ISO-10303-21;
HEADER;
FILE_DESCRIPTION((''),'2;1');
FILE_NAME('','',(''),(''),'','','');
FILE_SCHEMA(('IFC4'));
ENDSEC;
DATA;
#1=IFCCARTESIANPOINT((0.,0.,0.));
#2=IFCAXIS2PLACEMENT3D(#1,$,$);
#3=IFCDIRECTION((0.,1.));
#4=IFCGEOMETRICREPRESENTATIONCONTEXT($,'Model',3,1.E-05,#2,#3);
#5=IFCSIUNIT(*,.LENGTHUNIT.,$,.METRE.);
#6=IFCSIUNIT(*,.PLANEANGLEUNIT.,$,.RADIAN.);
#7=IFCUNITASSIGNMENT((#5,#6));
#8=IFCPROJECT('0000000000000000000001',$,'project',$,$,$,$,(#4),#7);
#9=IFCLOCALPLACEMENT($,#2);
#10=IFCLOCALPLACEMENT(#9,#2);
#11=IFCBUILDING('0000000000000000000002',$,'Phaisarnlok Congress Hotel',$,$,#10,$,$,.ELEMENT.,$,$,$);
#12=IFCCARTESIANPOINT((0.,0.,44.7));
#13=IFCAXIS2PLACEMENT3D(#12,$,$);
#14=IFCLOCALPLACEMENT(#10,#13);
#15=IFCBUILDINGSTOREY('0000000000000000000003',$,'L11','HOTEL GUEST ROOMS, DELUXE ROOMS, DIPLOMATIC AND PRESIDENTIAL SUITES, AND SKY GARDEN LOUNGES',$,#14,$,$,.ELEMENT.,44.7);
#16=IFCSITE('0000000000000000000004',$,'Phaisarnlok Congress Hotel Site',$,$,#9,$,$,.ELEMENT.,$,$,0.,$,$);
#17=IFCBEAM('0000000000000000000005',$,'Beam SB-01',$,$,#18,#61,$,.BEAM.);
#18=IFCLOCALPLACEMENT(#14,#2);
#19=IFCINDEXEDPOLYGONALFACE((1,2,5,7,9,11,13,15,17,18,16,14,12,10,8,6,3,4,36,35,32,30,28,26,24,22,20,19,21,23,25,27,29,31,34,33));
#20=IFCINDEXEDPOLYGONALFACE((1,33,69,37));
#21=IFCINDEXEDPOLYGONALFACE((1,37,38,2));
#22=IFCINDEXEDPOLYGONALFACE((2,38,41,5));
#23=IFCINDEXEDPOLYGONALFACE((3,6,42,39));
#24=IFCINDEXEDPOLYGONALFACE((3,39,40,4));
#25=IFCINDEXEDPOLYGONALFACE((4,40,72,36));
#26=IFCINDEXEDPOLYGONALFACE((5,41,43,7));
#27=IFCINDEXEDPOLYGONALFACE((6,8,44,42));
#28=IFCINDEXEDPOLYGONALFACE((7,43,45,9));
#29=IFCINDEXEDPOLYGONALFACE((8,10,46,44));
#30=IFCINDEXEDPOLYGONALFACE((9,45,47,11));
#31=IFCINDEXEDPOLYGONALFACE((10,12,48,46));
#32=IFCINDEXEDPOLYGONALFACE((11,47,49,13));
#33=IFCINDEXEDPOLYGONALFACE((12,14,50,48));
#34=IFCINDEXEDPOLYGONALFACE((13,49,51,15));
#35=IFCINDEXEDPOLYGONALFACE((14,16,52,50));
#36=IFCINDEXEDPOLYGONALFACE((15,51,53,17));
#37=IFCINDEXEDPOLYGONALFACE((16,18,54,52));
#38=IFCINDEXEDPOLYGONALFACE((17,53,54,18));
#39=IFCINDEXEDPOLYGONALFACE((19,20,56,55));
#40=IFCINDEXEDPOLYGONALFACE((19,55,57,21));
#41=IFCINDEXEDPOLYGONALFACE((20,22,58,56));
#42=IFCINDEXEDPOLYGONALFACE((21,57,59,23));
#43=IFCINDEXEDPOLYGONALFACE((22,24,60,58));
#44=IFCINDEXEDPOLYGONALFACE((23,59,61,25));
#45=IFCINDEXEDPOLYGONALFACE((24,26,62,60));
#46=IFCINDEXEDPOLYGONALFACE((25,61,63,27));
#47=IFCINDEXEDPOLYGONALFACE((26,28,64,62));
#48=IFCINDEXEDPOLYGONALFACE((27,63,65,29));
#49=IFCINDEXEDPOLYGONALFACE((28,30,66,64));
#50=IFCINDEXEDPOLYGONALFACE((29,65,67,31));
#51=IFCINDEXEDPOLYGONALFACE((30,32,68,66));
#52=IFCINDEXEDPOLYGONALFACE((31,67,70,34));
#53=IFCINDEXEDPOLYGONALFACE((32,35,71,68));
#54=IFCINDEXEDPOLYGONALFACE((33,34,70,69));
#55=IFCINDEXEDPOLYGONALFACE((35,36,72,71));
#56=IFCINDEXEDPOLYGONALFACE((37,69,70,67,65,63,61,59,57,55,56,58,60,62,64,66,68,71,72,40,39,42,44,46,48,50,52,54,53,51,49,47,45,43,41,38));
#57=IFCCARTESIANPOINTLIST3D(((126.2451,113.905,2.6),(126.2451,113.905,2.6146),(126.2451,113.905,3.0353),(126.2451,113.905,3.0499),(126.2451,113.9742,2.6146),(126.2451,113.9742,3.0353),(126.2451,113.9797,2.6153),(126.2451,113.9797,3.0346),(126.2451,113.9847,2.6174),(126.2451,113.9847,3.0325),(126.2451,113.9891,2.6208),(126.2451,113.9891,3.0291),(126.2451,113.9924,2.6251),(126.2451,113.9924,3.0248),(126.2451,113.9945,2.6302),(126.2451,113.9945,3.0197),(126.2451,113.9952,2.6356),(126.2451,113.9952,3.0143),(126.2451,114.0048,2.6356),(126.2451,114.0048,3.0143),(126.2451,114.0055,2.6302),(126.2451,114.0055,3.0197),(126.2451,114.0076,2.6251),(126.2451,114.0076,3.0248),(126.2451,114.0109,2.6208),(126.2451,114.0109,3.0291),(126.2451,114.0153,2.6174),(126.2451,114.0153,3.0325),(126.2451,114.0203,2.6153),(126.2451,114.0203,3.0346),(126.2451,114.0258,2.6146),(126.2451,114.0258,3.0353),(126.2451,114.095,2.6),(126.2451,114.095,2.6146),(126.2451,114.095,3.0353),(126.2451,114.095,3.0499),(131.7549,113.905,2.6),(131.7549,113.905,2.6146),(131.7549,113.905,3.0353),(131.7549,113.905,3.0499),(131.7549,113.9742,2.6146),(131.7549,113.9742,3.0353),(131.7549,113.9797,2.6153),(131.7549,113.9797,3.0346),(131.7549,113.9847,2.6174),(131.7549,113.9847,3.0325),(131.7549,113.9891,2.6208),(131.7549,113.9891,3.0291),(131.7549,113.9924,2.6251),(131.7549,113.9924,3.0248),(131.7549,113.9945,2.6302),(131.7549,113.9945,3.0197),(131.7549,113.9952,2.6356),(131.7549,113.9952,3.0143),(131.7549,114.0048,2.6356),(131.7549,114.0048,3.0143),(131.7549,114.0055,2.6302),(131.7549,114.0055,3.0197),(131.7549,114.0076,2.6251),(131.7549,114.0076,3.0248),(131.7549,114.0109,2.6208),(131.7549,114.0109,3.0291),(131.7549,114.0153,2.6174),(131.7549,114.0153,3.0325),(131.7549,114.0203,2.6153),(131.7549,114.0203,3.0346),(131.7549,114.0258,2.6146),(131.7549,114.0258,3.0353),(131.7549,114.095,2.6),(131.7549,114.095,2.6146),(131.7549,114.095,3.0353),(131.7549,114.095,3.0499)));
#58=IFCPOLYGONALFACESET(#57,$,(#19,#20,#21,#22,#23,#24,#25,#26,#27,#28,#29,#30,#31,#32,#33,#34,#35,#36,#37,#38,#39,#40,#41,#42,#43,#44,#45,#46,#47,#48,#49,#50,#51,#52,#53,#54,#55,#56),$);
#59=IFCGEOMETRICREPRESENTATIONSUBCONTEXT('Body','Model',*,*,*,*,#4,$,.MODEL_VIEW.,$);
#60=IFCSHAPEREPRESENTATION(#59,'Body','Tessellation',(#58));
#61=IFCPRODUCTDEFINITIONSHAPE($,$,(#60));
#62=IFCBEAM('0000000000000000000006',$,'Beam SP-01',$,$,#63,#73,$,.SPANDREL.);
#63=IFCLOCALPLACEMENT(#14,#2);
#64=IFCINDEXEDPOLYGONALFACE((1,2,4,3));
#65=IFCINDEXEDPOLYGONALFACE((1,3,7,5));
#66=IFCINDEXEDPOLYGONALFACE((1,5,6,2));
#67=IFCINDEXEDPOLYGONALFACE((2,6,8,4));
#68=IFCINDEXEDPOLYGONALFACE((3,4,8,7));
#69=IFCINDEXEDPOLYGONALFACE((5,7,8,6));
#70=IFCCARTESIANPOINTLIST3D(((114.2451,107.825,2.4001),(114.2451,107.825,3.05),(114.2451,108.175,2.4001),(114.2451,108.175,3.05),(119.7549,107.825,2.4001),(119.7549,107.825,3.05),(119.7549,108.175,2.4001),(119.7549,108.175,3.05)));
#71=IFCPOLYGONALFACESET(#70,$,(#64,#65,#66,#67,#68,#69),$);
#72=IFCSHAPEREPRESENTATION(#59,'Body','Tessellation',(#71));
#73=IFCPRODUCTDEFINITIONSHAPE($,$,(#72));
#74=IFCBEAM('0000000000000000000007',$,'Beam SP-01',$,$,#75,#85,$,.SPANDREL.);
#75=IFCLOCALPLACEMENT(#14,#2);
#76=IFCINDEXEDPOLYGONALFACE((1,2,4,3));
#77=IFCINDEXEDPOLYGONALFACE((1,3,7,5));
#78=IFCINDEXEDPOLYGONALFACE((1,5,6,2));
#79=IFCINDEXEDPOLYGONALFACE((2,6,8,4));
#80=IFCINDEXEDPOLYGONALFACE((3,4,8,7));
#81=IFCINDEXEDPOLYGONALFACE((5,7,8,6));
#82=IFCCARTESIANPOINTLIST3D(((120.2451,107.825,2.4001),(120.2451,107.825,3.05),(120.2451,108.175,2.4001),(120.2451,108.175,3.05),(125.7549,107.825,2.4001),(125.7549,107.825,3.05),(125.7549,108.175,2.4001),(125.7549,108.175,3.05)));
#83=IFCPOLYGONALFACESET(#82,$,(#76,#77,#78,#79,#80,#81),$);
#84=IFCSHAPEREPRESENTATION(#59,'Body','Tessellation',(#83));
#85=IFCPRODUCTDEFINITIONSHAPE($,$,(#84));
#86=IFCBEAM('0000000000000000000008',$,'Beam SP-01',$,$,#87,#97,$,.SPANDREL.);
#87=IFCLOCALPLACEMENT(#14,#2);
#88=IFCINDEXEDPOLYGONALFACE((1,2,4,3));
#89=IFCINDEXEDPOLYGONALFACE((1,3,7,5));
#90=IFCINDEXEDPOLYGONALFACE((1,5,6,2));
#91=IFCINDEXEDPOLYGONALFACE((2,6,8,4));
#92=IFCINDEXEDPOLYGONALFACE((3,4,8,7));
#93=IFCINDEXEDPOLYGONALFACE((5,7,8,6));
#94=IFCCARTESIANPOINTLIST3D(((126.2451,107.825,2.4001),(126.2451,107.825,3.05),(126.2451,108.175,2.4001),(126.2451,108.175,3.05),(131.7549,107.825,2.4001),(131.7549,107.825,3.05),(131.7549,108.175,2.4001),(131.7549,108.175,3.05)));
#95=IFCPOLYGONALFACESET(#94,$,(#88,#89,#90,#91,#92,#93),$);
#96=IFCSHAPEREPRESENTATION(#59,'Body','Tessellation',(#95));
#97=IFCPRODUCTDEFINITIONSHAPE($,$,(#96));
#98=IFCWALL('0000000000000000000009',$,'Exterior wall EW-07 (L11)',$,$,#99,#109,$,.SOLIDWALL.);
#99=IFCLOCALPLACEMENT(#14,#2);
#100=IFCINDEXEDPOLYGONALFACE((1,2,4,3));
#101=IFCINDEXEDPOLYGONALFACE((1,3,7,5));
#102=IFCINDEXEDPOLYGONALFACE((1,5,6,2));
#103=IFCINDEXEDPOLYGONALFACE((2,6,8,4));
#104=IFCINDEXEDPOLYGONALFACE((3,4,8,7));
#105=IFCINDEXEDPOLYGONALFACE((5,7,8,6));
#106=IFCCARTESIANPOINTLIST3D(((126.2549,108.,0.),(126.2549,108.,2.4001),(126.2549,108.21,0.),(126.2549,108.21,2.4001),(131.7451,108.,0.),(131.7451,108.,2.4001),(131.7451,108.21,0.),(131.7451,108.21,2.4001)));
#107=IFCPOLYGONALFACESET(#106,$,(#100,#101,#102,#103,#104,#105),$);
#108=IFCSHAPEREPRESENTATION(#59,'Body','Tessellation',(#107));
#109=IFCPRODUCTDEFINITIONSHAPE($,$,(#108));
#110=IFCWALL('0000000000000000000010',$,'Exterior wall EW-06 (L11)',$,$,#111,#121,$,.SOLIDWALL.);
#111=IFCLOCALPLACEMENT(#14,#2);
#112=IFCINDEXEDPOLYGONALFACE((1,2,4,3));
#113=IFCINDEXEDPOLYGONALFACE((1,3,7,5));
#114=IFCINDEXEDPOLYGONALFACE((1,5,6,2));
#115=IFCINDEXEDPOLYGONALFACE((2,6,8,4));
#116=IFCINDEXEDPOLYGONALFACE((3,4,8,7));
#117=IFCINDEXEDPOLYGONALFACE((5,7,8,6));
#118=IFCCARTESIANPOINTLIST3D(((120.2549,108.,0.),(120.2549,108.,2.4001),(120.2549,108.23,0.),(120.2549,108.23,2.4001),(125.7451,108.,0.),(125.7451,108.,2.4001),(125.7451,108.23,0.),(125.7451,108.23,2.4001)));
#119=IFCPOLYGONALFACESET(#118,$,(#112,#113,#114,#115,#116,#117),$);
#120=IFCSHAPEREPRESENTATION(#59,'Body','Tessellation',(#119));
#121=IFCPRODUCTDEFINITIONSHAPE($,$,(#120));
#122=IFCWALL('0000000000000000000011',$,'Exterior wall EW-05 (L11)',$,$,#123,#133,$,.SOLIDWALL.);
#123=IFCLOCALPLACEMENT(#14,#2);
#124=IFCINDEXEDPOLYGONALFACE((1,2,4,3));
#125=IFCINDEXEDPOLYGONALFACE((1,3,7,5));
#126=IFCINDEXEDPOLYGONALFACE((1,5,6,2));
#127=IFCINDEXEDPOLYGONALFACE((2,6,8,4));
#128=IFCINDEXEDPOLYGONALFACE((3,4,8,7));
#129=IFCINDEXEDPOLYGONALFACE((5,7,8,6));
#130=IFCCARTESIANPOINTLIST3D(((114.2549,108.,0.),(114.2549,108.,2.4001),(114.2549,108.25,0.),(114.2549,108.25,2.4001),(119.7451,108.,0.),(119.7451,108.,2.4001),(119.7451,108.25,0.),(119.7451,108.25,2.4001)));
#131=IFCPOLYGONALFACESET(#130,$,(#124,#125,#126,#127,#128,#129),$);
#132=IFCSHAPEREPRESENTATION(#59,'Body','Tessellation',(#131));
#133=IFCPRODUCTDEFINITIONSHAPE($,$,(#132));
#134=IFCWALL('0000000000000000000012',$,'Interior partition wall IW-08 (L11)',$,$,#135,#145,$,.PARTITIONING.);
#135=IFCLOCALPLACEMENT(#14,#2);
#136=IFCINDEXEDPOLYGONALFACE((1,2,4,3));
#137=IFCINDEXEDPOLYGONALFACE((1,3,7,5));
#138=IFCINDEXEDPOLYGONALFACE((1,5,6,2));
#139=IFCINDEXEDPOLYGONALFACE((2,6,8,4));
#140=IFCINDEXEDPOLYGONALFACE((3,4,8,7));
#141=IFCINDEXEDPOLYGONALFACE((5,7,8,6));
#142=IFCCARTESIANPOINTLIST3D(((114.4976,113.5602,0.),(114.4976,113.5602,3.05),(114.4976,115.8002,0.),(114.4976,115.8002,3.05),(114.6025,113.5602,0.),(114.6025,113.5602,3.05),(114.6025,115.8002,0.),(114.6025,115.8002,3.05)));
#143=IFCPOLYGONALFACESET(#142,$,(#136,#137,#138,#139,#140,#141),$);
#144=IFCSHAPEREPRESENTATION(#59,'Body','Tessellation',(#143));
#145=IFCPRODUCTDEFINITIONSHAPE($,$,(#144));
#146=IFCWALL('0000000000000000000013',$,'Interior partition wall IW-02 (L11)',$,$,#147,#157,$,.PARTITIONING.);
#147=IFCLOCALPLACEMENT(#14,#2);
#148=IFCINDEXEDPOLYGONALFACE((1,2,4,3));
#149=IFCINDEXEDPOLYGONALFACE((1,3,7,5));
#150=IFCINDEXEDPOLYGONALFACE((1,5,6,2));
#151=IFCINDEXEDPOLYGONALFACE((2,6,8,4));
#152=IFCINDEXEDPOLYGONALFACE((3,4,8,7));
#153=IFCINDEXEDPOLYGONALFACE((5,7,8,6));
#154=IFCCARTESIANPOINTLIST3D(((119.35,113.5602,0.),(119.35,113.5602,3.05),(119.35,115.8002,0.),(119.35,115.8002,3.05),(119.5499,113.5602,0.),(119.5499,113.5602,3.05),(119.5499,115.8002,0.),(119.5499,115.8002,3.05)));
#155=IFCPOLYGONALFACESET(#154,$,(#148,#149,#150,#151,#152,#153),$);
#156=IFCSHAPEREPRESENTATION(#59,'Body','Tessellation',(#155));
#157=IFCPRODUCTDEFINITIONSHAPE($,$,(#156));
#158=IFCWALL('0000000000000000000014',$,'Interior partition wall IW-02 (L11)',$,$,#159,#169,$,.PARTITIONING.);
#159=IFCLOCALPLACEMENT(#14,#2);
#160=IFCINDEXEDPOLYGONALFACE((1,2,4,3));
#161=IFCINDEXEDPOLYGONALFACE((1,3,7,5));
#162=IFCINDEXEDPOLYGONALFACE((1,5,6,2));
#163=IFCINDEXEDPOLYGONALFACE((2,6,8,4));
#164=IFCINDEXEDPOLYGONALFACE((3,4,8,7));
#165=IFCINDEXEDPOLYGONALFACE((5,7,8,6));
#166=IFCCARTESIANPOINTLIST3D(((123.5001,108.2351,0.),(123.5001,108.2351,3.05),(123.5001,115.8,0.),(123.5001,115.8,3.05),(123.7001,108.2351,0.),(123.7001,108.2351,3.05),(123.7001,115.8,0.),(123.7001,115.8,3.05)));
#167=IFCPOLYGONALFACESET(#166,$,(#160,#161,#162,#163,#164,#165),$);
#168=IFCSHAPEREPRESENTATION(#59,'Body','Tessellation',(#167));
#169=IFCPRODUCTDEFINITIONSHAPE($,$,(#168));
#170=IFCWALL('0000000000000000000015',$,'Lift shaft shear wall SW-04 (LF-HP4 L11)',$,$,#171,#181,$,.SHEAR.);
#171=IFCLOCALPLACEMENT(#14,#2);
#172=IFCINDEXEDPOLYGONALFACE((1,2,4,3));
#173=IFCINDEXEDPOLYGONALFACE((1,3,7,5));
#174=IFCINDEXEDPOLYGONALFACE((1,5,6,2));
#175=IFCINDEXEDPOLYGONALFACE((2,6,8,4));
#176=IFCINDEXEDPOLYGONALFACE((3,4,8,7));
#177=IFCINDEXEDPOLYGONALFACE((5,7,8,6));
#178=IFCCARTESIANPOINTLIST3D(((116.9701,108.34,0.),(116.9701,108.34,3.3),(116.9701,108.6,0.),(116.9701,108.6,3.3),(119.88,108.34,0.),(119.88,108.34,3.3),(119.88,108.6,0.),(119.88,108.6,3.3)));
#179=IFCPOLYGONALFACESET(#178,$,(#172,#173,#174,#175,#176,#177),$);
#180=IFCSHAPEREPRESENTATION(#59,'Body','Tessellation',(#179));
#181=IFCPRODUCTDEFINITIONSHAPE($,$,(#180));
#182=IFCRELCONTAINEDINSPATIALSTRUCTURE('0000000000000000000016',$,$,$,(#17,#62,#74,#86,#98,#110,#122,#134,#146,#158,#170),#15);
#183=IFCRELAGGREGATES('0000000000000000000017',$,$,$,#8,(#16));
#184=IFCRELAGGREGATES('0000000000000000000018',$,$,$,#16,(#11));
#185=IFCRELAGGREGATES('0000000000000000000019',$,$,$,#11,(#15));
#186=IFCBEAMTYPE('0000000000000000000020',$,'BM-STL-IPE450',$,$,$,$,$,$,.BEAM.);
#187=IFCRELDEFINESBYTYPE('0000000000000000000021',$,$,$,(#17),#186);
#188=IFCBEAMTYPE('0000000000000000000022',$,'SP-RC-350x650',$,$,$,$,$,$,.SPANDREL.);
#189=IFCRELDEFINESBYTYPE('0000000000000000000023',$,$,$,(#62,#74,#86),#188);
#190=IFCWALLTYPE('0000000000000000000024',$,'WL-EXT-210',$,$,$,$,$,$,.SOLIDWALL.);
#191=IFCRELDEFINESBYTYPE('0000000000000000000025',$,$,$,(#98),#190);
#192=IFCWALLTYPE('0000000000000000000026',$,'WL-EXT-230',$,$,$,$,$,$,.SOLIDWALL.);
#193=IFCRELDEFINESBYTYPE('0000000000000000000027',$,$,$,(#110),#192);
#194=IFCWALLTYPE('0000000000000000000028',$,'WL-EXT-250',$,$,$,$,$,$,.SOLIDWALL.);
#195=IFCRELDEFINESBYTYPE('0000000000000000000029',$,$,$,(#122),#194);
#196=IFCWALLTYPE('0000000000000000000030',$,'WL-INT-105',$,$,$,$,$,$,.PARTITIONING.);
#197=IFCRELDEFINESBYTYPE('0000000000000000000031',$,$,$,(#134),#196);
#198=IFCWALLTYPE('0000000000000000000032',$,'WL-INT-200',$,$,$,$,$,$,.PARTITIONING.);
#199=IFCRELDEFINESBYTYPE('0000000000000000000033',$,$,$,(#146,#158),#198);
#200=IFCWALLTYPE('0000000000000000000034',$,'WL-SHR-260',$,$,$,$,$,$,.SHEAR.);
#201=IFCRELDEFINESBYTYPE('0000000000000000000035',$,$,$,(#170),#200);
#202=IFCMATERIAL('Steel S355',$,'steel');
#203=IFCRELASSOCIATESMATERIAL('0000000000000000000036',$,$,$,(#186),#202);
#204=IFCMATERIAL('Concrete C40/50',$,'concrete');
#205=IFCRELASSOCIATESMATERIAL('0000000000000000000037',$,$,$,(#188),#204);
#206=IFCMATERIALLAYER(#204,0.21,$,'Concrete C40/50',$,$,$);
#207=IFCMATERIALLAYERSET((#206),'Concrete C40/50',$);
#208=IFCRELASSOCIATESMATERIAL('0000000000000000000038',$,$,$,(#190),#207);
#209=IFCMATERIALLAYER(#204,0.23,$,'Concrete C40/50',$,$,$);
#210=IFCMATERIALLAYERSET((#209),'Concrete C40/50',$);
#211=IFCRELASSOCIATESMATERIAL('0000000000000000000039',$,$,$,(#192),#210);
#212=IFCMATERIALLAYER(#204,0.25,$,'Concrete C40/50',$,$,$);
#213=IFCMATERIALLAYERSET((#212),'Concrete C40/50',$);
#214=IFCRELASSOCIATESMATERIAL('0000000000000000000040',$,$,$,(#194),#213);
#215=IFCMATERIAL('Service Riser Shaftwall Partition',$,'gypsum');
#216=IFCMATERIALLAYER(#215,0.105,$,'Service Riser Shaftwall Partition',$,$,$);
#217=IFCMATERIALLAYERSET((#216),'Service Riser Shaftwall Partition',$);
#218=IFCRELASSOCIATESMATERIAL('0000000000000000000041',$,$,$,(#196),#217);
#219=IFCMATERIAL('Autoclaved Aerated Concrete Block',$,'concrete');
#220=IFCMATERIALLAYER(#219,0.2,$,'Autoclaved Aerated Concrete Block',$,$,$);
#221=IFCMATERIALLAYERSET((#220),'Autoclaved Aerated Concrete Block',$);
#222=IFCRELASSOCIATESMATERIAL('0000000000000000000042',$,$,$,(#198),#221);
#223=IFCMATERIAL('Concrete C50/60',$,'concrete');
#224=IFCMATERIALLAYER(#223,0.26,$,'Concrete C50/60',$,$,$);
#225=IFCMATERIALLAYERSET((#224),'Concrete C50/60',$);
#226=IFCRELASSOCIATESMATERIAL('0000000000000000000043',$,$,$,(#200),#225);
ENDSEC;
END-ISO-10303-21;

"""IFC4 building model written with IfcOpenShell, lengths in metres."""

from ifc_helpers import new_model, si_unit, direction, frame, frame_2d, origin, origin_2d, place, context, subcontext, project, spatial, rectangle, i_section, extrude, material, layer, layer_set, material_profile, profile_set, type_object, element, save


model = new_model("IFC4")

# Units and contexts
model_context = context("Model", 3, precision=1e-05, world=origin(), true_north=direction((0.0, 1.0)))
body_context = subcontext(model_context, "Body", "Model", "MODEL_VIEW")
ifc_project = project(units=[si_unit("LENGTHUNIT", "METRE"), si_unit("PLANEANGLEUNIT", "RADIAN")], contexts=[model_context])

# Site, building, storey
site_placement = place(None, origin())
site = spatial("IfcSite", under=ifc_project, at=site_placement, Name="Phaisarnlok Congress Hotel Site", CompositionType="ELEMENT", RefElevation=0.0)
building_placement = place(site_placement, origin())
building = spatial("IfcBuilding", under=site, at=building_placement, Name="Phaisarnlok Congress Hotel", CompositionType="ELEMENT")
storey_placement = place(building_placement, frame((0.0, 0.0, 44.7)))
storey = spatial("IfcBuildingStorey", under=building, at=storey_placement, Name="L11", Description="HOTEL GUEST ROOMS, DELUXE ROOMS, DIPLOMATIC AND PRESIDENTIAL SUITES, AND SKY GARDEN LOUNGES", CompositionType="ELEMENT", Elevation=44.7)

# Shared definitions
ifc_material_1 = material(Name="Concrete C50/60", Category="concrete")

# Beams
ifc_material_2 = material(Name="Concrete C40/50", Category="concrete")
ifc_material_3 = material(Name="Steel S355", Category="steel")
ifc_material_profile_1 = material_profile(ifc_material_3, i_section(OverallWidth=0.1899, OverallDepth=0.45, WebThickness=0.0095, FlangeThickness=0.0146, FilletRadius=0.021, at=origin_2d()), Name="IPE 450")
ifc_profile_set_1 = profile_set([ifc_material_profile_1], Name="Steel S355")
beam_type_1 = type_object("IfcBeamType", Name="BM-STL-IPE450", PredefinedType="BEAM", material=ifc_profile_set_1)
beam_1_placement = place(storey_placement, frame((126.2451, 114.0, 2.825), z_axis=(1.0, 0.0, 0.0), x_axis=(0.0, 1.0, 0.0)))
element("IfcBeam", 1, at=beam_1_placement, inside=storey, type_object=beam_type_1, Name="Beam SB-01", PredefinedType="BEAM", context=body_context, shape_type="SweptSolid", body=[
    extrude(i_section(OverallWidth=0.1899, OverallDepth=0.45, WebThickness=0.0095, FlangeThickness=0.0146, FilletRadius=0.021, at=origin_2d()), origin(), (0.0, 0.0, 1.0), 5.5098),
])
ifc_material_profile_2 = material_profile(ifc_material_2, rectangle(XDim=0.3501, YDim=0.6499, at=origin_2d()), Name="RC 350x650")
ifc_profile_set_2 = profile_set([ifc_material_profile_2], Name="Concrete C40/50")
beam_type_2 = type_object("IfcBeamType", Name="SP-RC-350x650", PredefinedType="SPANDREL", material=ifc_profile_set_2)
for number, where, z_axis, x_axis, name in (
    (2, (114.2451, 108.0, 2.7251), (1.0, 0.0, 0.0), (0.0, 1.0, 0.0), "Beam SP-01"),
    (3, (120.2451, 108.0, 2.7251), (1.0, 0.0, 0.0), (0.0, 1.0, 0.0), "Beam SP-01"),
    (4, (126.2451, 108.0, 2.7251), (1.0, 0.0, 0.0), (0.0, 1.0, 0.0), "Beam SP-01"),
):
    element("IfcBeam", number, at=place(storey_placement, frame(where, z_axis=z_axis, x_axis=x_axis)), inside=storey, type_object=beam_type_2, Name=name, PredefinedType="SPANDREL", context=body_context, shape_type="SweptSolid", body=[
        extrude(rectangle(XDim=0.3501, YDim=0.6499, at=origin_2d()), origin(), (0.0, 0.0, 1.0), 5.5098),
    ])

# Walls
ifc_layer_1 = layer(ifc_material_2, 0.21, Name="Concrete C40/50")
ifc_layer_set_1 = layer_set([ifc_layer_1], Name="Concrete C40/50")
wall_type_1 = type_object("IfcWallType", Name="WL-EXT-210", PredefinedType="SOLIDWALL", material=ifc_layer_set_1)
wall_1_placement = place(storey_placement, frame((126.2549, 108.105, 0.0), z_axis=(0.0, 0.0, 1.0), x_axis=(1.0, 0.0, 0.0)))
element("IfcWall", 5, at=wall_1_placement, inside=storey, type_object=wall_type_1, Name="Exterior wall EW-07 (L11)", PredefinedType="SOLIDWALL", context=body_context, shape_type="SweptSolid", body=[
    extrude(rectangle(XDim=5.4902, YDim=0.21, at=frame_2d((2.7451, 0.0))), origin(), (0.0, 0.0, 1.0), 2.4001),
])
ifc_layer_2 = layer(ifc_material_2, 0.23, Name="Concrete C40/50")
ifc_layer_set_2 = layer_set([ifc_layer_2], Name="Concrete C40/50")
wall_type_2 = type_object("IfcWallType", Name="WL-EXT-230", PredefinedType="SOLIDWALL", material=ifc_layer_set_2)
wall_2_placement = place(storey_placement, frame((120.2549, 108.115, 0.0), z_axis=(0.0, 0.0, 1.0), x_axis=(1.0, 0.0, 0.0)))
element("IfcWall", 6, at=wall_2_placement, inside=storey, type_object=wall_type_2, Name="Exterior wall EW-06 (L11)", PredefinedType="SOLIDWALL", context=body_context, shape_type="SweptSolid", body=[
    extrude(rectangle(XDim=5.4902, YDim=0.23, at=frame_2d((2.7451, 0.0))), origin(), (0.0, 0.0, 1.0), 2.4001),
])
ifc_layer_3 = layer(ifc_material_2, 0.25, Name="Concrete C40/50")
ifc_layer_set_3 = layer_set([ifc_layer_3], Name="Concrete C40/50")
wall_type_3 = type_object("IfcWallType", Name="WL-EXT-250", PredefinedType="SOLIDWALL", material=ifc_layer_set_3)
wall_3_placement = place(storey_placement, frame((114.2549, 108.125, 0.0), z_axis=(0.0, 0.0, 1.0), x_axis=(1.0, 0.0, 0.0)))
element("IfcWall", 7, at=wall_3_placement, inside=storey, type_object=wall_type_3, Name="Exterior wall EW-05 (L11)", PredefinedType="SOLIDWALL", context=body_context, shape_type="SweptSolid", body=[
    extrude(rectangle(XDim=5.4902, YDim=0.25, at=frame_2d((2.7451, 0.0))), origin(), (0.0, 0.0, 1.0), 2.4001),
])
ifc_material_4 = material(Name="Service Riser Shaftwall Partition", Category="gypsum")
ifc_layer_4 = layer(ifc_material_4, 0.105, Name="Service Riser Shaftwall Partition")
ifc_layer_set_4 = layer_set([ifc_layer_4], Name="Service Riser Shaftwall Partition")
wall_type_4 = type_object("IfcWallType", Name="WL-INT-105", PredefinedType="PARTITIONING", material=ifc_layer_set_4)
wall_4_placement = place(storey_placement, frame((114.55, 113.5601, 0.0), z_axis=(0.0, 0.0, 1.0), x_axis=(0.0, 1.0, 0.0)))
element("IfcWall", 8, at=wall_4_placement, inside=storey, type_object=wall_type_4, Name="Interior partition wall IW-08 (L11)", PredefinedType="PARTITIONING", context=body_context, shape_type="SweptSolid", body=[
    extrude(rectangle(XDim=2.24, YDim=0.105, at=frame_2d((1.1201, 0.0))), origin(), (0.0, 0.0, 1.0), 3.05),
])
ifc_material_5 = material(Name="Autoclaved Aerated Concrete Block", Category="concrete")
ifc_layer_5 = layer(ifc_material_5, 0.2, Name="Autoclaved Aerated Concrete Block")
ifc_layer_set_5 = layer_set([ifc_layer_5], Name="Autoclaved Aerated Concrete Block")
wall_type_5 = type_object("IfcWallType", Name="WL-INT-200", PredefinedType="PARTITIONING", material=ifc_layer_set_5)
wall_5_placement = place(storey_placement, frame((119.45, 113.5601, 0.0), z_axis=(0.0, 0.0, 1.0), x_axis=(0.0, 1.0, 0.0)))
element("IfcWall", 9, at=wall_5_placement, inside=storey, type_object=wall_type_5, Name="Interior partition wall IW-02 (L11)", PredefinedType="PARTITIONING", context=body_context, shape_type="SweptSolid", body=[
    extrude(rectangle(XDim=2.24, YDim=0.2, at=frame_2d((1.1201, 0.0))), origin(), (0.0, 0.0, 1.0), 3.05),
])
wall_6_placement = place(storey_placement, frame((123.6001, 108.2351, 0.0), z_axis=(0.0, 0.0, 1.0), x_axis=(0.0, 1.0, 0.0)))
element("IfcWall", 10, at=wall_6_placement, inside=storey, type_object=wall_type_5, Name="Interior partition wall IW-02 (L11)", PredefinedType="PARTITIONING", context=body_context, shape_type="SweptSolid", body=[
    extrude(rectangle(XDim=7.5649, YDim=0.2, at=frame_2d((3.7825, 0.0))), origin(), (0.0, 0.0, 1.0), 3.05),
])
ifc_layer_6 = layer(ifc_material_1, 0.26, Name="Concrete C50/60")
ifc_layer_set_6 = layer_set([ifc_layer_6], Name="Concrete C50/60")
wall_type_6 = type_object("IfcWallType", Name="WL-SHR-260", PredefinedType="SHEAR", material=ifc_layer_set_6)
for number, where, z_axis, x_axis, name in (
    (11, (116.97, 108.47, 0.0), (0.0, 0.0, 1.0), (1.0, 0.0, 0.0), "Lift shaft shear wall SW-04 (LF-HP4 L11)"),
):
    element("IfcWall", number, at=place(storey_placement, frame(where, z_axis=z_axis, x_axis=x_axis)), inside=storey, type_object=wall_type_6, Name=name, PredefinedType="SHEAR", context=body_context, shape_type="SweptSolid", body=[
        extrude(rectangle(XDim=2.9099, YDim=0.26, at=frame_2d((1.4551, 0.0))), origin(), (0.0, 0.0, 1.0), 3.3),
    ])

save(model, "model.ifc")
